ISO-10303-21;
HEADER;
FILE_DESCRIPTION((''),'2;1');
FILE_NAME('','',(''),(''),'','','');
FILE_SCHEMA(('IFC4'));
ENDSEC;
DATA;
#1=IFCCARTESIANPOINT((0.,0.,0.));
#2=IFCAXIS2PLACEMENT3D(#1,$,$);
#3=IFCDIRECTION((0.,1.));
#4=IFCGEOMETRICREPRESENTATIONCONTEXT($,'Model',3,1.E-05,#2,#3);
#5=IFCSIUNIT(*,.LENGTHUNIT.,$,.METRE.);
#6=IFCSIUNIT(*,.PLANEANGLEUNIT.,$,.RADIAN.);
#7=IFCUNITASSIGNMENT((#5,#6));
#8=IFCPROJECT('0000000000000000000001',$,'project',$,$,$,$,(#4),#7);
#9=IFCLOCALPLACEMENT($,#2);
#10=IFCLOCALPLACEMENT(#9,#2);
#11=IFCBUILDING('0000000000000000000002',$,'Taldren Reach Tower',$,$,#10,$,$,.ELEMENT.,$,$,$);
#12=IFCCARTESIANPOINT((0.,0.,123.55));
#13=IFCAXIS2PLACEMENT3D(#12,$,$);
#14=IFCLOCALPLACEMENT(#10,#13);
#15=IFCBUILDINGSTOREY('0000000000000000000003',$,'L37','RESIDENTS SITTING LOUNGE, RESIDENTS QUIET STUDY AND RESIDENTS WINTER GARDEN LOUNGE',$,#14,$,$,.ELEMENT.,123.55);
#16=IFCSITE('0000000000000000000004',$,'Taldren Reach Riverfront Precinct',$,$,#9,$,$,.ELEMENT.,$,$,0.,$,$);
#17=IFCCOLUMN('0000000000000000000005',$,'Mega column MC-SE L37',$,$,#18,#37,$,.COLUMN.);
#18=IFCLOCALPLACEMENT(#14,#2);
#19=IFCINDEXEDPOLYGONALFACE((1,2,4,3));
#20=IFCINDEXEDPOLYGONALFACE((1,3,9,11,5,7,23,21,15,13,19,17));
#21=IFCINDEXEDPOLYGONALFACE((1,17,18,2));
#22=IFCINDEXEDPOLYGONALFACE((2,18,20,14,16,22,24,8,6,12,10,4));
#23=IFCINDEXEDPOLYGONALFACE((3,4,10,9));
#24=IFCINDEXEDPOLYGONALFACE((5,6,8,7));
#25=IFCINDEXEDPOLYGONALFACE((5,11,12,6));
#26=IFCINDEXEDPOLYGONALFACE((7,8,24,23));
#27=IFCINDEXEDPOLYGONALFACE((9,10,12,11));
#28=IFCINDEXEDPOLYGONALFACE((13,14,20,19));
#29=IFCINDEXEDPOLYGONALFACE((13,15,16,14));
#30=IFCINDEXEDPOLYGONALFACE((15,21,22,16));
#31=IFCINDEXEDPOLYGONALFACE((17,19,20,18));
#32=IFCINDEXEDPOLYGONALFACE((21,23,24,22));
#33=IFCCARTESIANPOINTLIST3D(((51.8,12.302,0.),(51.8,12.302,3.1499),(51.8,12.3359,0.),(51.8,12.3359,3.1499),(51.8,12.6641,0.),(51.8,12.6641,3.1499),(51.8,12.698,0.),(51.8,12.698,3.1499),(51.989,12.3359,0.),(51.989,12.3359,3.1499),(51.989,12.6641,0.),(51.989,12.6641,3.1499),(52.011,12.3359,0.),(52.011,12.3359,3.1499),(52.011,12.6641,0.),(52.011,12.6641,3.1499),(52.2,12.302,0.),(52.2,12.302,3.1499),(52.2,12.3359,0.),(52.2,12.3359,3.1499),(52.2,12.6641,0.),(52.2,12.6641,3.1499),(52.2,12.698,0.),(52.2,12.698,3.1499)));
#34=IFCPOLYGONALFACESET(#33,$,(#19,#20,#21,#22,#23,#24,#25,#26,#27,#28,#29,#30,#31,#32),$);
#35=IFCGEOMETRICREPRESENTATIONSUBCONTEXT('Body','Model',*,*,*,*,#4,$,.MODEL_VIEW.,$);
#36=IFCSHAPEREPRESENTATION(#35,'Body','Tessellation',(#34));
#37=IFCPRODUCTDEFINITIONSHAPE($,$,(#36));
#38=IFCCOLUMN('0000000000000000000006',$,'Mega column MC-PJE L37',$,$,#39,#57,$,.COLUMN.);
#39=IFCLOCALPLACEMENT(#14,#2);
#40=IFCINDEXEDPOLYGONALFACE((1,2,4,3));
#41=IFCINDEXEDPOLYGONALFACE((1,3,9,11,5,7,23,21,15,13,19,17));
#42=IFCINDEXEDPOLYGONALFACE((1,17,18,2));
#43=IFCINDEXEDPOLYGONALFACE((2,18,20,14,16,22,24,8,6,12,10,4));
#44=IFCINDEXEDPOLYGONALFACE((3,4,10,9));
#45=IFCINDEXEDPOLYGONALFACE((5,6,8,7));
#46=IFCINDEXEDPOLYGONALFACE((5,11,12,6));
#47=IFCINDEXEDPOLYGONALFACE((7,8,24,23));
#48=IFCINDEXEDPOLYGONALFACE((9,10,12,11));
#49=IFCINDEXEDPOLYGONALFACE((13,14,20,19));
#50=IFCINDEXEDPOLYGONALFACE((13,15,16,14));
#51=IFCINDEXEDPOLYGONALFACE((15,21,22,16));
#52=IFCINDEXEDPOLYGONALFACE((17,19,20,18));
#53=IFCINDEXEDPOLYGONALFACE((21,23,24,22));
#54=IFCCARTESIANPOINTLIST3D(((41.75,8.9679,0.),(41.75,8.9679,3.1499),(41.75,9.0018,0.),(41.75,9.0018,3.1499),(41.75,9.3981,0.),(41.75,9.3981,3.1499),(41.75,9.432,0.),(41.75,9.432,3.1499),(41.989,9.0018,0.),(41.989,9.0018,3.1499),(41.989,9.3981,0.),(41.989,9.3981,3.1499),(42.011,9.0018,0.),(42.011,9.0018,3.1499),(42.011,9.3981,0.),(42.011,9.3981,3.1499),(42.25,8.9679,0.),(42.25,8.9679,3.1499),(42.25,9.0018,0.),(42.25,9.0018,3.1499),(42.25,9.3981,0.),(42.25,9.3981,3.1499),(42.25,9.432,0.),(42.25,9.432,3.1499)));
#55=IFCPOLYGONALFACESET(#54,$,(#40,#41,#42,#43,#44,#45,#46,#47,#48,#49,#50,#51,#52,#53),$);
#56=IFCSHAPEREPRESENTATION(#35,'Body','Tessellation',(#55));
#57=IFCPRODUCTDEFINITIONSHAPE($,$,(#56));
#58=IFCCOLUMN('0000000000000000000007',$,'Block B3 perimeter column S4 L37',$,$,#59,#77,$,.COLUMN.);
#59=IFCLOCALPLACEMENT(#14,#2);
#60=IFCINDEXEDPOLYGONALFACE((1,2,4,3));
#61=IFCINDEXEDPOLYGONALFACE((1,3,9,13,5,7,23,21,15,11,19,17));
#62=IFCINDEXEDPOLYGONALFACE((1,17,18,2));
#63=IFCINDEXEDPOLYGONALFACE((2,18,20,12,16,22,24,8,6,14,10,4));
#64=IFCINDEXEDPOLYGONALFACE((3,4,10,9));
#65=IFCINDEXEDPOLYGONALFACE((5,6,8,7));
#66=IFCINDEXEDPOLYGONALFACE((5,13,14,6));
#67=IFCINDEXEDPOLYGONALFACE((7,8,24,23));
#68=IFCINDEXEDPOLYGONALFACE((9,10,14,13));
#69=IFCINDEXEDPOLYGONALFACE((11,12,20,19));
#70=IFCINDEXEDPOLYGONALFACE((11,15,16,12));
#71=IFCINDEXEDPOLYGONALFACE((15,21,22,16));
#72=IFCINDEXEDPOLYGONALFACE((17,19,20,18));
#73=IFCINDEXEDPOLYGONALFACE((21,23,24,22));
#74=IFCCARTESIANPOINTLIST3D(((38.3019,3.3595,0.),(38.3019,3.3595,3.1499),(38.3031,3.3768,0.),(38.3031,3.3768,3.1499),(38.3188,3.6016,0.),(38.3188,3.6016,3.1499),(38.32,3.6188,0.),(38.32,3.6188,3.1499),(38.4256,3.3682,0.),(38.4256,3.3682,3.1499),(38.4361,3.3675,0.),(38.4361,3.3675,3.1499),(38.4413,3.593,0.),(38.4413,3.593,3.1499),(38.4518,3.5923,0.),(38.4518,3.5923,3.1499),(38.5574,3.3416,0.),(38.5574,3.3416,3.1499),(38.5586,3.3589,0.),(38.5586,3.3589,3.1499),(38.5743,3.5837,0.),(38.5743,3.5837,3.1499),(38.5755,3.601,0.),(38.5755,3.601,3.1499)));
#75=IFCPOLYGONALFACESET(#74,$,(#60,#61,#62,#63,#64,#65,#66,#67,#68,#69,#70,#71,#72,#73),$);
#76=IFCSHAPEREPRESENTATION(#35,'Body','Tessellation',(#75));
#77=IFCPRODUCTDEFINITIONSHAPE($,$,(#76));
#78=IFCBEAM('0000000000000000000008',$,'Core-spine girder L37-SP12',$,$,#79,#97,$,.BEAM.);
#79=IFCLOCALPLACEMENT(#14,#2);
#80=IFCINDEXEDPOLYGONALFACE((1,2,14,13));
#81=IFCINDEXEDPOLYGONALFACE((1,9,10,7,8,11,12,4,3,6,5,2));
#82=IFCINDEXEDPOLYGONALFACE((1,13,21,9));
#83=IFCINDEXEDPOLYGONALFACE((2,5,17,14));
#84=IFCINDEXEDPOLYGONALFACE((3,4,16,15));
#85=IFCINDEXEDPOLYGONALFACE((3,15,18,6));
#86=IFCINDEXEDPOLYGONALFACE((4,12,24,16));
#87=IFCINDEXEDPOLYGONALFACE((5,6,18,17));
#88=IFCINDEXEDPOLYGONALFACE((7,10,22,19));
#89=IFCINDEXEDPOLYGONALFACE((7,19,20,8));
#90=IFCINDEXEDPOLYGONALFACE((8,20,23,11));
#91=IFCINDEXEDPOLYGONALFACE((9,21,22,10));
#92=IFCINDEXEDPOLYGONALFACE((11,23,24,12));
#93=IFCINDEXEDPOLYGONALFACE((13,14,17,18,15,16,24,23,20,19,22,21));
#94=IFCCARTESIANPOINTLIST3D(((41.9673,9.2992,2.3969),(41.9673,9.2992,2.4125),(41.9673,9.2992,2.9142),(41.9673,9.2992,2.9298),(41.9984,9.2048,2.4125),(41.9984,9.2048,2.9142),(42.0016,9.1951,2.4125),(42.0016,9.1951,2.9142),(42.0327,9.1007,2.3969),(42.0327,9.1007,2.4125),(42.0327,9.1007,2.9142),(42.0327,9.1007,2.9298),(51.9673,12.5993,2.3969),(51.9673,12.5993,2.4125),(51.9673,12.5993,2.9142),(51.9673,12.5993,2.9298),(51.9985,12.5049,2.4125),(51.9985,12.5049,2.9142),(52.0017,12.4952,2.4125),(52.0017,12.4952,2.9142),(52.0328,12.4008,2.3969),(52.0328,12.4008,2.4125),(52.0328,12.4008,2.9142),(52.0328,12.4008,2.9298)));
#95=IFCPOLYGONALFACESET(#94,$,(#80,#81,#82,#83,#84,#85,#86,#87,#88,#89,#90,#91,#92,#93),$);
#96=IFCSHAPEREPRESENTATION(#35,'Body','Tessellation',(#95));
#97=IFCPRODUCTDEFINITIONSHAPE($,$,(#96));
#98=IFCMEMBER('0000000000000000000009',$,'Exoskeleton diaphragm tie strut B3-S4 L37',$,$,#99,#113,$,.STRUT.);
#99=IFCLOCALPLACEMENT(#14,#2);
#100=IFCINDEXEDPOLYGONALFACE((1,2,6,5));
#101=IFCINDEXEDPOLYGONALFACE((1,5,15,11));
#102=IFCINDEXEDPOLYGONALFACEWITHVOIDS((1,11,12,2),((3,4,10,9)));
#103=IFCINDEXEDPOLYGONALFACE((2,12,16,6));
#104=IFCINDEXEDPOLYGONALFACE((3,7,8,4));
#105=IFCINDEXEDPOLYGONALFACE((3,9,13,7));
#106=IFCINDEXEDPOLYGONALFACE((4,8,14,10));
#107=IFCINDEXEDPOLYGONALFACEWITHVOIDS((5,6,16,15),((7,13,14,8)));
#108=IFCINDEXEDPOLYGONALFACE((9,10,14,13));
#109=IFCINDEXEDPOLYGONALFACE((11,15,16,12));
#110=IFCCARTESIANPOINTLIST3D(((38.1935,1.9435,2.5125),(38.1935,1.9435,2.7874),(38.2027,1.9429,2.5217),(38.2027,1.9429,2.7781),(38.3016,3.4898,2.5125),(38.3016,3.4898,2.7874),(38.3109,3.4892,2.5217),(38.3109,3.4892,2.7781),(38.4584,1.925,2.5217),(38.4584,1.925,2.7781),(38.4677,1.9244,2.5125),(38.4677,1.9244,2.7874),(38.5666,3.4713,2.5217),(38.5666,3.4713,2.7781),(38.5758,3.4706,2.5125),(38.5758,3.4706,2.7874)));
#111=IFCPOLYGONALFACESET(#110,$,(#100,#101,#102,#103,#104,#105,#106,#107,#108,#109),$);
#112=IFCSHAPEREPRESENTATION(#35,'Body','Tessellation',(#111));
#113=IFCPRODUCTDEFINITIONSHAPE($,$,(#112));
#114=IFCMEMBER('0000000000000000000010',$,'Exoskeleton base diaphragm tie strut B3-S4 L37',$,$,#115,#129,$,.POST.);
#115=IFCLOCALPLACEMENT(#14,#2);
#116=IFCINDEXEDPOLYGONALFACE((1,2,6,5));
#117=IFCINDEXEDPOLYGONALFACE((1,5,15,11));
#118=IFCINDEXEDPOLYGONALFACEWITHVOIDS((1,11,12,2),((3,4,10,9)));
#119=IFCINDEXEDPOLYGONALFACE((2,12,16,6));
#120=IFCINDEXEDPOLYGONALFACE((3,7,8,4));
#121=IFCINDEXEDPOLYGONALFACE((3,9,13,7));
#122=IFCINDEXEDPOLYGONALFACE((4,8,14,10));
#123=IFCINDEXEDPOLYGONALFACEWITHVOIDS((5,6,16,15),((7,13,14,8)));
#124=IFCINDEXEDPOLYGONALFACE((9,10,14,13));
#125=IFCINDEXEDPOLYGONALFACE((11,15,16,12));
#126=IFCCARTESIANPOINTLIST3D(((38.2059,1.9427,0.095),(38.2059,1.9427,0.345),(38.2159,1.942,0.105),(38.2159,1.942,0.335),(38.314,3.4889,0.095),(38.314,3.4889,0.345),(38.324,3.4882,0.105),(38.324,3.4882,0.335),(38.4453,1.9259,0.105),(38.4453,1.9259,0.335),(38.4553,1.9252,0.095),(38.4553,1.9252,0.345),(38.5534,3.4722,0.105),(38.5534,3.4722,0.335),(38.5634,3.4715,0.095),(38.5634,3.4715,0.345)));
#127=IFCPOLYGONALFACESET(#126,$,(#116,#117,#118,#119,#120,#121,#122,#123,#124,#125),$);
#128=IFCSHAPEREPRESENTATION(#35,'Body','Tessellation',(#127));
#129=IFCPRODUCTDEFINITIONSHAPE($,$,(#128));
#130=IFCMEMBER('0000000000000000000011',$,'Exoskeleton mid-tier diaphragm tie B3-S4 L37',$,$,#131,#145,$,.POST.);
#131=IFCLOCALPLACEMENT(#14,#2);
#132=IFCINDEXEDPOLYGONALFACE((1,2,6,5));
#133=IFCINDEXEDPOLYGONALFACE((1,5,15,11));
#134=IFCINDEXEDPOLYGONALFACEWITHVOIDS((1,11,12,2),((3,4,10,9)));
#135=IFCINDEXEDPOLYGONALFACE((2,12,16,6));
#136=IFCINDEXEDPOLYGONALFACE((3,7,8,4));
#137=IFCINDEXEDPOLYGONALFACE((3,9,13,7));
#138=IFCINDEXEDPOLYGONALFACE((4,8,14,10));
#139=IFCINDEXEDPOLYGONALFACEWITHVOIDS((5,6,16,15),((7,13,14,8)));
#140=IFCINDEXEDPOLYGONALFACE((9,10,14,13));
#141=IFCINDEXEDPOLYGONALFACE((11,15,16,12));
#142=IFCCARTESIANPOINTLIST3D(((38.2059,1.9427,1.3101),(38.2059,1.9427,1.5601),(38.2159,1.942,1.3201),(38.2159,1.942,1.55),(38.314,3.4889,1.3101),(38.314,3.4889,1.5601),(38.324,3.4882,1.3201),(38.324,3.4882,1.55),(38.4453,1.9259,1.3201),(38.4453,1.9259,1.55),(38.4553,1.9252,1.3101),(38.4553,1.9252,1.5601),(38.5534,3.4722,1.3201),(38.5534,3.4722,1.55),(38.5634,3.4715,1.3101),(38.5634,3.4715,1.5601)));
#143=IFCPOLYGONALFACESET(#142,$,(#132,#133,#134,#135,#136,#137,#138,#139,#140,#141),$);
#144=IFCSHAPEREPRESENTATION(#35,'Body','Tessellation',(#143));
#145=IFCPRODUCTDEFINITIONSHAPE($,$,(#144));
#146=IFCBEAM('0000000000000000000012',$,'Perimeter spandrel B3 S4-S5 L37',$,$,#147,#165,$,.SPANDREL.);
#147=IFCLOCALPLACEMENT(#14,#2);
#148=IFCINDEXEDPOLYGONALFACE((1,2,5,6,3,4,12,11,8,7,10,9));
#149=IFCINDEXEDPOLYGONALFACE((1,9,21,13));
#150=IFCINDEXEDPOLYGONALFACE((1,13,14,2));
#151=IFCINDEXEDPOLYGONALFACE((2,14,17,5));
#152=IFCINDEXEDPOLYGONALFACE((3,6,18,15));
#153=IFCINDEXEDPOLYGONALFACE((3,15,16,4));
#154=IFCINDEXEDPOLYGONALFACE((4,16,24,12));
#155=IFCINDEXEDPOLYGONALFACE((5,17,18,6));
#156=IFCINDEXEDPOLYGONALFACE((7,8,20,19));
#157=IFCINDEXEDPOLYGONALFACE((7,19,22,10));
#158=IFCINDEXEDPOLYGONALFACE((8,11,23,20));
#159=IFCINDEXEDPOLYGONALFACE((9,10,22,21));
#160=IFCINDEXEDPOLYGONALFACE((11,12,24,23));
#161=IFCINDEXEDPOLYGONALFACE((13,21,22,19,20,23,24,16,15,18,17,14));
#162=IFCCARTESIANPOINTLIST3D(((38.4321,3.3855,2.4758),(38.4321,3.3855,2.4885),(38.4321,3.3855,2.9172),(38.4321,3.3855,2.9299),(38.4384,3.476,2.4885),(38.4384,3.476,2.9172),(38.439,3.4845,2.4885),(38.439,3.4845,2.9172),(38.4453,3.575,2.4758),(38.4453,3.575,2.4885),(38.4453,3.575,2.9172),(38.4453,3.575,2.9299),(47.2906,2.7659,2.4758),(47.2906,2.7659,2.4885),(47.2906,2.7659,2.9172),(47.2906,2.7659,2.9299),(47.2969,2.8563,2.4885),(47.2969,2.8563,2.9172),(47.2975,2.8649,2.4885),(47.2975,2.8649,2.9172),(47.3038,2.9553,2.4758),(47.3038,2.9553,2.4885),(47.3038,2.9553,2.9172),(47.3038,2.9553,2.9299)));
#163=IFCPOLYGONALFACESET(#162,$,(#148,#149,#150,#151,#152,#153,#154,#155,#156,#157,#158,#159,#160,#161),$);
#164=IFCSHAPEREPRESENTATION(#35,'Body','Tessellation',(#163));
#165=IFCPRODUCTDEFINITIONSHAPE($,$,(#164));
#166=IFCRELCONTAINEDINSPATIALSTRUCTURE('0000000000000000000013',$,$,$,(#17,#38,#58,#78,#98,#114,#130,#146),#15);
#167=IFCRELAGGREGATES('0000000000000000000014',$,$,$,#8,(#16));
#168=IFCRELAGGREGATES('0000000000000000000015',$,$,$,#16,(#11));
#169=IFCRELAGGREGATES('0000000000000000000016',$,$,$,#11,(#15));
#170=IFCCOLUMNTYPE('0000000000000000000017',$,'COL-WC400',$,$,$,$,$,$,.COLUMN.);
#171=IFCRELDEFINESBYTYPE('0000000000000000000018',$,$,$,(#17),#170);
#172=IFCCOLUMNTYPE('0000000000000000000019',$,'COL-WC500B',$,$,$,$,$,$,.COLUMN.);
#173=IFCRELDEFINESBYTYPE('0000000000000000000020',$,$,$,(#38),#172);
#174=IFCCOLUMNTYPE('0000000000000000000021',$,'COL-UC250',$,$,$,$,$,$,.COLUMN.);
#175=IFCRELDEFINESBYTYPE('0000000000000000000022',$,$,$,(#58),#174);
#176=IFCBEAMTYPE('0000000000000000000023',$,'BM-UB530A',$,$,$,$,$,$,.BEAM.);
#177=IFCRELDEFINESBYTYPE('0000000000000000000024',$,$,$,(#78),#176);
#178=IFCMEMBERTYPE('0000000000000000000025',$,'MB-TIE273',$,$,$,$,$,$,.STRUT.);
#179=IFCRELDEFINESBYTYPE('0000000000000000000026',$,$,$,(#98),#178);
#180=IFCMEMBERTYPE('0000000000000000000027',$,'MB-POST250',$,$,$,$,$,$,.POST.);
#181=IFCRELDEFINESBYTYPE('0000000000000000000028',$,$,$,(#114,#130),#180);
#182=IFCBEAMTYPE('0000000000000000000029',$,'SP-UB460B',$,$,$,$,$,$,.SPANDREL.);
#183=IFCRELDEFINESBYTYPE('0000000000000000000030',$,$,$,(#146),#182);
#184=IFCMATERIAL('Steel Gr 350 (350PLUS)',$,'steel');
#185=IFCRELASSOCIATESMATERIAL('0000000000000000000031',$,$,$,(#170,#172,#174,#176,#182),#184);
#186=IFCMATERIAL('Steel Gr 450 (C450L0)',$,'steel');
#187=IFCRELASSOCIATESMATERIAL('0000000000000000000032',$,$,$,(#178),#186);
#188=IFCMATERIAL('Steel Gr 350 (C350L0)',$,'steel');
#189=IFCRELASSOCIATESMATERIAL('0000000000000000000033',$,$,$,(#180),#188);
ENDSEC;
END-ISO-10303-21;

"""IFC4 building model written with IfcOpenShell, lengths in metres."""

from ifc_helpers import new_model, si_unit, direction, frame, origin, origin_2d, place, context, subcontext, project, spatial, hollow_rectangle, i_section, extrude, source, transform, mapped, material, material_profile, profile_set, type_object, element, save


model = new_model("IFC4")

# Units and contexts
model_context = context("Model", 3, precision=1e-05, world=origin(), true_north=direction((0.0, 1.0)))
body_context = subcontext(model_context, "Body", "Model", "MODEL_VIEW")
ifc_project = project(units=[si_unit("LENGTHUNIT", "METRE"), si_unit("PLANEANGLEUNIT", "RADIAN")], contexts=[model_context])

# Site, building, storey
site_placement = place(None, origin())
site = spatial("IfcSite", under=ifc_project, at=site_placement, Name="Taldren Reach Riverfront Precinct", CompositionType="ELEMENT", RefElevation=0.0)
building_placement = place(site_placement, origin())
building = spatial("IfcBuilding", under=site, at=building_placement, Name="Taldren Reach Tower", CompositionType="ELEMENT")
storey_placement = place(building_placement, frame((0.0, 0.0, 123.55)))
storey = spatial("IfcBuildingStorey", under=building, at=storey_placement, Name="L37", Description="RESIDENTS SITTING LOUNGE, RESIDENTS QUIET STUDY AND RESIDENTS WINTER GARDEN LOUNGE", CompositionType="ELEMENT", Elevation=123.55)

# Columns
ifc_material_1 = material(Name="Steel Gr 350 (350PLUS)", Category="steel")
ifc_material_profile_1 = material_profile(ifc_material_1, i_section(OverallWidth=0.3999, OverallDepth=0.396, WebThickness=0.022, FlangeThickness=0.0339, at=origin_2d()), Name="400WC270")
ifc_profile_set_1 = profile_set([ifc_material_profile_1], Name="Steel Gr 350 (350PLUS)")
column_type_1 = type_object("IfcColumnType", Name="COL-WC400", PredefinedType="COLUMN", material=ifc_profile_set_1)
shared_shape_1 = source(origin(), body_context, "Body", "SweptSolid", [
    extrude(i_section(OverallWidth=0.3999, OverallDepth=0.396, WebThickness=0.022, FlangeThickness=0.0339, at=origin_2d()), origin(), (0.0, 0.0, 1.0), 3.1499),
])
column_1_placement = place(storey_placement, frame((52.0, 12.5, 0.0), z_axis=(0.0, 0.0, 1.0), x_axis=(1.0, 0.0, 0.0)))
element("IfcColumn", 1, at=column_1_placement, inside=storey, type_object=column_type_1, Name="Mega column MC-SE L37", PredefinedType="COLUMN", context=body_context, shape_type="MappedRepresentation", body=[
    mapped(shared_shape_1, transform((0.0, 0.0, 0.0), scale=1.0)),
])
ifc_material_profile_2 = material_profile(ifc_material_1, i_section(OverallWidth=0.5, OverallDepth=0.4641, WebThickness=0.022, FlangeThickness=0.0339, at=origin_2d()), Name="500WC340")
ifc_profile_set_2 = profile_set([ifc_material_profile_2], Name="Steel Gr 350 (350PLUS)")
column_type_2 = type_object("IfcColumnType", Name="COL-WC500B", PredefinedType="COLUMN", material=ifc_profile_set_2)
shared_shape_2 = source(origin(), body_context, "Body", "SweptSolid", [
    extrude(i_section(OverallWidth=0.5, OverallDepth=0.4641, WebThickness=0.022, FlangeThickness=0.0339, at=origin_2d()), origin(), (0.0, 0.0, 1.0), 3.1499),
])
column_2_placement = place(storey_placement, frame((42.0, 9.2, 0.0), z_axis=(0.0, 0.0, 1.0), x_axis=(1.0, 0.0, 0.0)))
element("IfcColumn", 2, at=column_2_placement, inside=storey, type_object=column_type_2, Name="Mega column MC-PJE L37", PredefinedType="COLUMN", context=body_context, shape_type="MappedRepresentation", body=[
    mapped(shared_shape_2, transform((0.0, 0.0, 0.0), scale=1.0)),
])
ifc_material_profile_3 = material_profile(ifc_material_1, i_section(OverallWidth=0.2561, OverallDepth=0.26, WebThickness=0.0105, FlangeThickness=0.0173, at=origin_2d()), Name="250UC89.5")
ifc_profile_set_3 = profile_set([ifc_material_profile_3], Name="Steel Gr 350 (350PLUS)")
column_type_3 = type_object("IfcColumnType", Name="COL-UC250", PredefinedType="COLUMN", material=ifc_profile_set_3)
shared_shape_3 = source(origin(), body_context, "Body", "SweptSolid", [
    extrude(i_section(OverallWidth=0.2561, OverallDepth=0.26, WebThickness=0.0105, FlangeThickness=0.0173, at=origin_2d()), origin(), (0.0, 0.0, 1.0), 3.1499),
])
column_3_placement = place(storey_placement, frame((38.4387, 3.4802, 0.0), z_axis=(0.0, 0.0, 1.0), x_axis=(0.997564, -0.069756, 0.0)))
element("IfcColumn", 3, at=column_3_placement, inside=storey, type_object=column_type_3, Name="Block B3 perimeter column S4 L37", PredefinedType="COLUMN", context=body_context, shape_type="MappedRepresentation", body=[
    mapped(shared_shape_3, transform((0.0, 0.0, 0.0), scale=1.0)),
])

# Beam
ifc_material_profile_4 = material_profile(ifc_material_1, i_section(OverallWidth=0.209, OverallDepth=0.533, WebThickness=0.0103, FlangeThickness=0.0156, at=origin_2d()), Name="530UB92.4")
ifc_profile_set_4 = profile_set([ifc_material_profile_4], Name="Steel Gr 350 (350PLUS)")
beam_type_1 = type_object("IfcBeamType", Name="BM-UB530A", PredefinedType="BEAM", material=ifc_profile_set_4)
shared_shape_4 = source(origin(), body_context, "Body", "SweptSolid", [
    extrude(i_section(OverallWidth=0.209, OverallDepth=0.533, WebThickness=0.0103, FlangeThickness=0.0156, at=origin_2d()), origin(), (0.0, 0.0, 1.0), 10.5305),
])
beam_1_placement = place(storey_placement, frame((42.0, 9.2, 2.6633), z_axis=(0.949627, 0.313382, 0.0), x_axis=(-0.313382, 0.949627, 0.0)))
element("IfcBeam", 4, at=beam_1_placement, inside=storey, type_object=beam_type_1, Name="Core-spine girder L37-SP12", PredefinedType="BEAM", context=body_context, shape_type="MappedRepresentation", body=[
    mapped(shared_shape_4, transform((0.0, 0.0, 0.0), scale=1.0)),
])

# Members
ifc_material_2 = material(Name="Steel Gr 450 (C450L0)", Category="steel")
ifc_material_profile_5 = material_profile(ifc_material_2, hollow_rectangle(XDim=0.2749, YDim=0.2749, WallThickness=0.0093, at=origin_2d()), Name="275x275x9.3SHS")
ifc_profile_set_5 = profile_set([ifc_material_profile_5], Name="Steel Gr 450 (C450L0)")
member_type_1 = type_object("IfcMemberType", Name="MB-TIE273", PredefinedType="STRUT", material=ifc_profile_set_5)
shared_shape_5 = source(origin(), body_context, "Body", "SweptSolid", [
    extrude(hollow_rectangle(XDim=0.2749, YDim=0.2749, WallThickness=0.0093, at=origin_2d()), origin(), (0.0, 0.0, 1.0), 1.55),
])
member_placement = place(storey_placement, frame((38.4387, 3.4802, 2.6499), z_axis=(-0.06977, -0.997563, 0.0), x_axis=(0.997563, -0.06977, 0.0)))
element("IfcMember", 5, at=member_placement, inside=storey, type_object=member_type_1, Name="Exoskeleton diaphragm tie strut B3-S4 L37", PredefinedType="STRUT", context=body_context, shape_type="MappedRepresentation", body=[
    mapped(shared_shape_5, transform((0.0, 0.0, 0.0), scale=1.0)),
])
ifc_material_3 = material(Name="Steel Gr 350 (C350L0)", Category="steel")
ifc_material_profile_6 = material_profile(ifc_material_3, hollow_rectangle(XDim=0.25, YDim=0.25, WallThickness=0.01, at=origin_2d()), Name="250x250x10.0SHS")
ifc_profile_set_6 = profile_set([ifc_material_profile_6], Name="Steel Gr 350 (C350L0)")
member_type_2 = type_object("IfcMemberType", Name="MB-POST250", PredefinedType="POST", material=ifc_profile_set_6)
shared_shape_6 = source(origin(), body_context, "Body", "SweptSolid", [
    extrude(hollow_rectangle(XDim=0.25, YDim=0.25, WallThickness=0.01, at=origin_2d()), origin(), (0.0, 0.0, 1.0), 1.55),
])
for number, where, z_axis, x_axis, name in (
    (6, (38.4387, 3.4802, 0.22), (-0.06977, -0.997563, 0.0), (0.997563, -0.06977, 0.0), "Exoskeleton base diaphragm tie strut B3-S4 L37"),
    (7, (38.4387, 3.4802, 1.4351), (-0.06977, -0.997563, 0.0), (0.997563, -0.06977, 0.0), "Exoskeleton mid-tier diaphragm tie B3-S4 L37"),
):
    element("IfcMember", number, at=place(storey_placement, frame(where, z_axis=z_axis, x_axis=x_axis)), inside=storey, type_object=member_type_2, Name=name, PredefinedType="POST", context=body_context, shape_type="MappedRepresentation", body=[
        mapped(shared_shape_6, transform((0.0, 0.0, 0.0), scale=1.0)),
    ])

# Beam
ifc_material_profile_7 = material_profile(ifc_material_1, i_section(OverallWidth=0.1899, OverallDepth=0.4541, WebThickness=0.0085, FlangeThickness=0.0127, at=origin_2d()), Name="460UB67.1")
ifc_profile_set_7 = profile_set([ifc_material_profile_7], Name="Steel Gr 350 (350PLUS)")
beam_type_2 = type_object("IfcBeamType", Name="SP-UB460B", PredefinedType="SPANDREL", material=ifc_profile_set_7)
shared_shape_7 = source(origin(), body_context, "Body", "SweptSolid", [
    extrude(i_section(OverallWidth=0.1899, OverallDepth=0.4541, WebThickness=0.0085, FlangeThickness=0.0127, at=origin_2d()), origin(), (0.0, 0.0, 1.0), 8.8801),
])
beam_2_placement = place(storey_placement, frame((38.4387, 3.4802, 2.7029), z_axis=(0.997563, -0.069778, 0.0), x_axis=(0.069778, 0.997563, 0.0)))
element("IfcBeam", 8, at=beam_2_placement, inside=storey, type_object=beam_type_2, Name="Perimeter spandrel B3 S4-S5 L37", PredefinedType="SPANDREL", context=body_context, shape_type="MappedRepresentation", body=[
    mapped(shared_shape_7, transform((0.0, 0.0, 0.0), scale=1.0)),
])

save(model, "model.ifc")
